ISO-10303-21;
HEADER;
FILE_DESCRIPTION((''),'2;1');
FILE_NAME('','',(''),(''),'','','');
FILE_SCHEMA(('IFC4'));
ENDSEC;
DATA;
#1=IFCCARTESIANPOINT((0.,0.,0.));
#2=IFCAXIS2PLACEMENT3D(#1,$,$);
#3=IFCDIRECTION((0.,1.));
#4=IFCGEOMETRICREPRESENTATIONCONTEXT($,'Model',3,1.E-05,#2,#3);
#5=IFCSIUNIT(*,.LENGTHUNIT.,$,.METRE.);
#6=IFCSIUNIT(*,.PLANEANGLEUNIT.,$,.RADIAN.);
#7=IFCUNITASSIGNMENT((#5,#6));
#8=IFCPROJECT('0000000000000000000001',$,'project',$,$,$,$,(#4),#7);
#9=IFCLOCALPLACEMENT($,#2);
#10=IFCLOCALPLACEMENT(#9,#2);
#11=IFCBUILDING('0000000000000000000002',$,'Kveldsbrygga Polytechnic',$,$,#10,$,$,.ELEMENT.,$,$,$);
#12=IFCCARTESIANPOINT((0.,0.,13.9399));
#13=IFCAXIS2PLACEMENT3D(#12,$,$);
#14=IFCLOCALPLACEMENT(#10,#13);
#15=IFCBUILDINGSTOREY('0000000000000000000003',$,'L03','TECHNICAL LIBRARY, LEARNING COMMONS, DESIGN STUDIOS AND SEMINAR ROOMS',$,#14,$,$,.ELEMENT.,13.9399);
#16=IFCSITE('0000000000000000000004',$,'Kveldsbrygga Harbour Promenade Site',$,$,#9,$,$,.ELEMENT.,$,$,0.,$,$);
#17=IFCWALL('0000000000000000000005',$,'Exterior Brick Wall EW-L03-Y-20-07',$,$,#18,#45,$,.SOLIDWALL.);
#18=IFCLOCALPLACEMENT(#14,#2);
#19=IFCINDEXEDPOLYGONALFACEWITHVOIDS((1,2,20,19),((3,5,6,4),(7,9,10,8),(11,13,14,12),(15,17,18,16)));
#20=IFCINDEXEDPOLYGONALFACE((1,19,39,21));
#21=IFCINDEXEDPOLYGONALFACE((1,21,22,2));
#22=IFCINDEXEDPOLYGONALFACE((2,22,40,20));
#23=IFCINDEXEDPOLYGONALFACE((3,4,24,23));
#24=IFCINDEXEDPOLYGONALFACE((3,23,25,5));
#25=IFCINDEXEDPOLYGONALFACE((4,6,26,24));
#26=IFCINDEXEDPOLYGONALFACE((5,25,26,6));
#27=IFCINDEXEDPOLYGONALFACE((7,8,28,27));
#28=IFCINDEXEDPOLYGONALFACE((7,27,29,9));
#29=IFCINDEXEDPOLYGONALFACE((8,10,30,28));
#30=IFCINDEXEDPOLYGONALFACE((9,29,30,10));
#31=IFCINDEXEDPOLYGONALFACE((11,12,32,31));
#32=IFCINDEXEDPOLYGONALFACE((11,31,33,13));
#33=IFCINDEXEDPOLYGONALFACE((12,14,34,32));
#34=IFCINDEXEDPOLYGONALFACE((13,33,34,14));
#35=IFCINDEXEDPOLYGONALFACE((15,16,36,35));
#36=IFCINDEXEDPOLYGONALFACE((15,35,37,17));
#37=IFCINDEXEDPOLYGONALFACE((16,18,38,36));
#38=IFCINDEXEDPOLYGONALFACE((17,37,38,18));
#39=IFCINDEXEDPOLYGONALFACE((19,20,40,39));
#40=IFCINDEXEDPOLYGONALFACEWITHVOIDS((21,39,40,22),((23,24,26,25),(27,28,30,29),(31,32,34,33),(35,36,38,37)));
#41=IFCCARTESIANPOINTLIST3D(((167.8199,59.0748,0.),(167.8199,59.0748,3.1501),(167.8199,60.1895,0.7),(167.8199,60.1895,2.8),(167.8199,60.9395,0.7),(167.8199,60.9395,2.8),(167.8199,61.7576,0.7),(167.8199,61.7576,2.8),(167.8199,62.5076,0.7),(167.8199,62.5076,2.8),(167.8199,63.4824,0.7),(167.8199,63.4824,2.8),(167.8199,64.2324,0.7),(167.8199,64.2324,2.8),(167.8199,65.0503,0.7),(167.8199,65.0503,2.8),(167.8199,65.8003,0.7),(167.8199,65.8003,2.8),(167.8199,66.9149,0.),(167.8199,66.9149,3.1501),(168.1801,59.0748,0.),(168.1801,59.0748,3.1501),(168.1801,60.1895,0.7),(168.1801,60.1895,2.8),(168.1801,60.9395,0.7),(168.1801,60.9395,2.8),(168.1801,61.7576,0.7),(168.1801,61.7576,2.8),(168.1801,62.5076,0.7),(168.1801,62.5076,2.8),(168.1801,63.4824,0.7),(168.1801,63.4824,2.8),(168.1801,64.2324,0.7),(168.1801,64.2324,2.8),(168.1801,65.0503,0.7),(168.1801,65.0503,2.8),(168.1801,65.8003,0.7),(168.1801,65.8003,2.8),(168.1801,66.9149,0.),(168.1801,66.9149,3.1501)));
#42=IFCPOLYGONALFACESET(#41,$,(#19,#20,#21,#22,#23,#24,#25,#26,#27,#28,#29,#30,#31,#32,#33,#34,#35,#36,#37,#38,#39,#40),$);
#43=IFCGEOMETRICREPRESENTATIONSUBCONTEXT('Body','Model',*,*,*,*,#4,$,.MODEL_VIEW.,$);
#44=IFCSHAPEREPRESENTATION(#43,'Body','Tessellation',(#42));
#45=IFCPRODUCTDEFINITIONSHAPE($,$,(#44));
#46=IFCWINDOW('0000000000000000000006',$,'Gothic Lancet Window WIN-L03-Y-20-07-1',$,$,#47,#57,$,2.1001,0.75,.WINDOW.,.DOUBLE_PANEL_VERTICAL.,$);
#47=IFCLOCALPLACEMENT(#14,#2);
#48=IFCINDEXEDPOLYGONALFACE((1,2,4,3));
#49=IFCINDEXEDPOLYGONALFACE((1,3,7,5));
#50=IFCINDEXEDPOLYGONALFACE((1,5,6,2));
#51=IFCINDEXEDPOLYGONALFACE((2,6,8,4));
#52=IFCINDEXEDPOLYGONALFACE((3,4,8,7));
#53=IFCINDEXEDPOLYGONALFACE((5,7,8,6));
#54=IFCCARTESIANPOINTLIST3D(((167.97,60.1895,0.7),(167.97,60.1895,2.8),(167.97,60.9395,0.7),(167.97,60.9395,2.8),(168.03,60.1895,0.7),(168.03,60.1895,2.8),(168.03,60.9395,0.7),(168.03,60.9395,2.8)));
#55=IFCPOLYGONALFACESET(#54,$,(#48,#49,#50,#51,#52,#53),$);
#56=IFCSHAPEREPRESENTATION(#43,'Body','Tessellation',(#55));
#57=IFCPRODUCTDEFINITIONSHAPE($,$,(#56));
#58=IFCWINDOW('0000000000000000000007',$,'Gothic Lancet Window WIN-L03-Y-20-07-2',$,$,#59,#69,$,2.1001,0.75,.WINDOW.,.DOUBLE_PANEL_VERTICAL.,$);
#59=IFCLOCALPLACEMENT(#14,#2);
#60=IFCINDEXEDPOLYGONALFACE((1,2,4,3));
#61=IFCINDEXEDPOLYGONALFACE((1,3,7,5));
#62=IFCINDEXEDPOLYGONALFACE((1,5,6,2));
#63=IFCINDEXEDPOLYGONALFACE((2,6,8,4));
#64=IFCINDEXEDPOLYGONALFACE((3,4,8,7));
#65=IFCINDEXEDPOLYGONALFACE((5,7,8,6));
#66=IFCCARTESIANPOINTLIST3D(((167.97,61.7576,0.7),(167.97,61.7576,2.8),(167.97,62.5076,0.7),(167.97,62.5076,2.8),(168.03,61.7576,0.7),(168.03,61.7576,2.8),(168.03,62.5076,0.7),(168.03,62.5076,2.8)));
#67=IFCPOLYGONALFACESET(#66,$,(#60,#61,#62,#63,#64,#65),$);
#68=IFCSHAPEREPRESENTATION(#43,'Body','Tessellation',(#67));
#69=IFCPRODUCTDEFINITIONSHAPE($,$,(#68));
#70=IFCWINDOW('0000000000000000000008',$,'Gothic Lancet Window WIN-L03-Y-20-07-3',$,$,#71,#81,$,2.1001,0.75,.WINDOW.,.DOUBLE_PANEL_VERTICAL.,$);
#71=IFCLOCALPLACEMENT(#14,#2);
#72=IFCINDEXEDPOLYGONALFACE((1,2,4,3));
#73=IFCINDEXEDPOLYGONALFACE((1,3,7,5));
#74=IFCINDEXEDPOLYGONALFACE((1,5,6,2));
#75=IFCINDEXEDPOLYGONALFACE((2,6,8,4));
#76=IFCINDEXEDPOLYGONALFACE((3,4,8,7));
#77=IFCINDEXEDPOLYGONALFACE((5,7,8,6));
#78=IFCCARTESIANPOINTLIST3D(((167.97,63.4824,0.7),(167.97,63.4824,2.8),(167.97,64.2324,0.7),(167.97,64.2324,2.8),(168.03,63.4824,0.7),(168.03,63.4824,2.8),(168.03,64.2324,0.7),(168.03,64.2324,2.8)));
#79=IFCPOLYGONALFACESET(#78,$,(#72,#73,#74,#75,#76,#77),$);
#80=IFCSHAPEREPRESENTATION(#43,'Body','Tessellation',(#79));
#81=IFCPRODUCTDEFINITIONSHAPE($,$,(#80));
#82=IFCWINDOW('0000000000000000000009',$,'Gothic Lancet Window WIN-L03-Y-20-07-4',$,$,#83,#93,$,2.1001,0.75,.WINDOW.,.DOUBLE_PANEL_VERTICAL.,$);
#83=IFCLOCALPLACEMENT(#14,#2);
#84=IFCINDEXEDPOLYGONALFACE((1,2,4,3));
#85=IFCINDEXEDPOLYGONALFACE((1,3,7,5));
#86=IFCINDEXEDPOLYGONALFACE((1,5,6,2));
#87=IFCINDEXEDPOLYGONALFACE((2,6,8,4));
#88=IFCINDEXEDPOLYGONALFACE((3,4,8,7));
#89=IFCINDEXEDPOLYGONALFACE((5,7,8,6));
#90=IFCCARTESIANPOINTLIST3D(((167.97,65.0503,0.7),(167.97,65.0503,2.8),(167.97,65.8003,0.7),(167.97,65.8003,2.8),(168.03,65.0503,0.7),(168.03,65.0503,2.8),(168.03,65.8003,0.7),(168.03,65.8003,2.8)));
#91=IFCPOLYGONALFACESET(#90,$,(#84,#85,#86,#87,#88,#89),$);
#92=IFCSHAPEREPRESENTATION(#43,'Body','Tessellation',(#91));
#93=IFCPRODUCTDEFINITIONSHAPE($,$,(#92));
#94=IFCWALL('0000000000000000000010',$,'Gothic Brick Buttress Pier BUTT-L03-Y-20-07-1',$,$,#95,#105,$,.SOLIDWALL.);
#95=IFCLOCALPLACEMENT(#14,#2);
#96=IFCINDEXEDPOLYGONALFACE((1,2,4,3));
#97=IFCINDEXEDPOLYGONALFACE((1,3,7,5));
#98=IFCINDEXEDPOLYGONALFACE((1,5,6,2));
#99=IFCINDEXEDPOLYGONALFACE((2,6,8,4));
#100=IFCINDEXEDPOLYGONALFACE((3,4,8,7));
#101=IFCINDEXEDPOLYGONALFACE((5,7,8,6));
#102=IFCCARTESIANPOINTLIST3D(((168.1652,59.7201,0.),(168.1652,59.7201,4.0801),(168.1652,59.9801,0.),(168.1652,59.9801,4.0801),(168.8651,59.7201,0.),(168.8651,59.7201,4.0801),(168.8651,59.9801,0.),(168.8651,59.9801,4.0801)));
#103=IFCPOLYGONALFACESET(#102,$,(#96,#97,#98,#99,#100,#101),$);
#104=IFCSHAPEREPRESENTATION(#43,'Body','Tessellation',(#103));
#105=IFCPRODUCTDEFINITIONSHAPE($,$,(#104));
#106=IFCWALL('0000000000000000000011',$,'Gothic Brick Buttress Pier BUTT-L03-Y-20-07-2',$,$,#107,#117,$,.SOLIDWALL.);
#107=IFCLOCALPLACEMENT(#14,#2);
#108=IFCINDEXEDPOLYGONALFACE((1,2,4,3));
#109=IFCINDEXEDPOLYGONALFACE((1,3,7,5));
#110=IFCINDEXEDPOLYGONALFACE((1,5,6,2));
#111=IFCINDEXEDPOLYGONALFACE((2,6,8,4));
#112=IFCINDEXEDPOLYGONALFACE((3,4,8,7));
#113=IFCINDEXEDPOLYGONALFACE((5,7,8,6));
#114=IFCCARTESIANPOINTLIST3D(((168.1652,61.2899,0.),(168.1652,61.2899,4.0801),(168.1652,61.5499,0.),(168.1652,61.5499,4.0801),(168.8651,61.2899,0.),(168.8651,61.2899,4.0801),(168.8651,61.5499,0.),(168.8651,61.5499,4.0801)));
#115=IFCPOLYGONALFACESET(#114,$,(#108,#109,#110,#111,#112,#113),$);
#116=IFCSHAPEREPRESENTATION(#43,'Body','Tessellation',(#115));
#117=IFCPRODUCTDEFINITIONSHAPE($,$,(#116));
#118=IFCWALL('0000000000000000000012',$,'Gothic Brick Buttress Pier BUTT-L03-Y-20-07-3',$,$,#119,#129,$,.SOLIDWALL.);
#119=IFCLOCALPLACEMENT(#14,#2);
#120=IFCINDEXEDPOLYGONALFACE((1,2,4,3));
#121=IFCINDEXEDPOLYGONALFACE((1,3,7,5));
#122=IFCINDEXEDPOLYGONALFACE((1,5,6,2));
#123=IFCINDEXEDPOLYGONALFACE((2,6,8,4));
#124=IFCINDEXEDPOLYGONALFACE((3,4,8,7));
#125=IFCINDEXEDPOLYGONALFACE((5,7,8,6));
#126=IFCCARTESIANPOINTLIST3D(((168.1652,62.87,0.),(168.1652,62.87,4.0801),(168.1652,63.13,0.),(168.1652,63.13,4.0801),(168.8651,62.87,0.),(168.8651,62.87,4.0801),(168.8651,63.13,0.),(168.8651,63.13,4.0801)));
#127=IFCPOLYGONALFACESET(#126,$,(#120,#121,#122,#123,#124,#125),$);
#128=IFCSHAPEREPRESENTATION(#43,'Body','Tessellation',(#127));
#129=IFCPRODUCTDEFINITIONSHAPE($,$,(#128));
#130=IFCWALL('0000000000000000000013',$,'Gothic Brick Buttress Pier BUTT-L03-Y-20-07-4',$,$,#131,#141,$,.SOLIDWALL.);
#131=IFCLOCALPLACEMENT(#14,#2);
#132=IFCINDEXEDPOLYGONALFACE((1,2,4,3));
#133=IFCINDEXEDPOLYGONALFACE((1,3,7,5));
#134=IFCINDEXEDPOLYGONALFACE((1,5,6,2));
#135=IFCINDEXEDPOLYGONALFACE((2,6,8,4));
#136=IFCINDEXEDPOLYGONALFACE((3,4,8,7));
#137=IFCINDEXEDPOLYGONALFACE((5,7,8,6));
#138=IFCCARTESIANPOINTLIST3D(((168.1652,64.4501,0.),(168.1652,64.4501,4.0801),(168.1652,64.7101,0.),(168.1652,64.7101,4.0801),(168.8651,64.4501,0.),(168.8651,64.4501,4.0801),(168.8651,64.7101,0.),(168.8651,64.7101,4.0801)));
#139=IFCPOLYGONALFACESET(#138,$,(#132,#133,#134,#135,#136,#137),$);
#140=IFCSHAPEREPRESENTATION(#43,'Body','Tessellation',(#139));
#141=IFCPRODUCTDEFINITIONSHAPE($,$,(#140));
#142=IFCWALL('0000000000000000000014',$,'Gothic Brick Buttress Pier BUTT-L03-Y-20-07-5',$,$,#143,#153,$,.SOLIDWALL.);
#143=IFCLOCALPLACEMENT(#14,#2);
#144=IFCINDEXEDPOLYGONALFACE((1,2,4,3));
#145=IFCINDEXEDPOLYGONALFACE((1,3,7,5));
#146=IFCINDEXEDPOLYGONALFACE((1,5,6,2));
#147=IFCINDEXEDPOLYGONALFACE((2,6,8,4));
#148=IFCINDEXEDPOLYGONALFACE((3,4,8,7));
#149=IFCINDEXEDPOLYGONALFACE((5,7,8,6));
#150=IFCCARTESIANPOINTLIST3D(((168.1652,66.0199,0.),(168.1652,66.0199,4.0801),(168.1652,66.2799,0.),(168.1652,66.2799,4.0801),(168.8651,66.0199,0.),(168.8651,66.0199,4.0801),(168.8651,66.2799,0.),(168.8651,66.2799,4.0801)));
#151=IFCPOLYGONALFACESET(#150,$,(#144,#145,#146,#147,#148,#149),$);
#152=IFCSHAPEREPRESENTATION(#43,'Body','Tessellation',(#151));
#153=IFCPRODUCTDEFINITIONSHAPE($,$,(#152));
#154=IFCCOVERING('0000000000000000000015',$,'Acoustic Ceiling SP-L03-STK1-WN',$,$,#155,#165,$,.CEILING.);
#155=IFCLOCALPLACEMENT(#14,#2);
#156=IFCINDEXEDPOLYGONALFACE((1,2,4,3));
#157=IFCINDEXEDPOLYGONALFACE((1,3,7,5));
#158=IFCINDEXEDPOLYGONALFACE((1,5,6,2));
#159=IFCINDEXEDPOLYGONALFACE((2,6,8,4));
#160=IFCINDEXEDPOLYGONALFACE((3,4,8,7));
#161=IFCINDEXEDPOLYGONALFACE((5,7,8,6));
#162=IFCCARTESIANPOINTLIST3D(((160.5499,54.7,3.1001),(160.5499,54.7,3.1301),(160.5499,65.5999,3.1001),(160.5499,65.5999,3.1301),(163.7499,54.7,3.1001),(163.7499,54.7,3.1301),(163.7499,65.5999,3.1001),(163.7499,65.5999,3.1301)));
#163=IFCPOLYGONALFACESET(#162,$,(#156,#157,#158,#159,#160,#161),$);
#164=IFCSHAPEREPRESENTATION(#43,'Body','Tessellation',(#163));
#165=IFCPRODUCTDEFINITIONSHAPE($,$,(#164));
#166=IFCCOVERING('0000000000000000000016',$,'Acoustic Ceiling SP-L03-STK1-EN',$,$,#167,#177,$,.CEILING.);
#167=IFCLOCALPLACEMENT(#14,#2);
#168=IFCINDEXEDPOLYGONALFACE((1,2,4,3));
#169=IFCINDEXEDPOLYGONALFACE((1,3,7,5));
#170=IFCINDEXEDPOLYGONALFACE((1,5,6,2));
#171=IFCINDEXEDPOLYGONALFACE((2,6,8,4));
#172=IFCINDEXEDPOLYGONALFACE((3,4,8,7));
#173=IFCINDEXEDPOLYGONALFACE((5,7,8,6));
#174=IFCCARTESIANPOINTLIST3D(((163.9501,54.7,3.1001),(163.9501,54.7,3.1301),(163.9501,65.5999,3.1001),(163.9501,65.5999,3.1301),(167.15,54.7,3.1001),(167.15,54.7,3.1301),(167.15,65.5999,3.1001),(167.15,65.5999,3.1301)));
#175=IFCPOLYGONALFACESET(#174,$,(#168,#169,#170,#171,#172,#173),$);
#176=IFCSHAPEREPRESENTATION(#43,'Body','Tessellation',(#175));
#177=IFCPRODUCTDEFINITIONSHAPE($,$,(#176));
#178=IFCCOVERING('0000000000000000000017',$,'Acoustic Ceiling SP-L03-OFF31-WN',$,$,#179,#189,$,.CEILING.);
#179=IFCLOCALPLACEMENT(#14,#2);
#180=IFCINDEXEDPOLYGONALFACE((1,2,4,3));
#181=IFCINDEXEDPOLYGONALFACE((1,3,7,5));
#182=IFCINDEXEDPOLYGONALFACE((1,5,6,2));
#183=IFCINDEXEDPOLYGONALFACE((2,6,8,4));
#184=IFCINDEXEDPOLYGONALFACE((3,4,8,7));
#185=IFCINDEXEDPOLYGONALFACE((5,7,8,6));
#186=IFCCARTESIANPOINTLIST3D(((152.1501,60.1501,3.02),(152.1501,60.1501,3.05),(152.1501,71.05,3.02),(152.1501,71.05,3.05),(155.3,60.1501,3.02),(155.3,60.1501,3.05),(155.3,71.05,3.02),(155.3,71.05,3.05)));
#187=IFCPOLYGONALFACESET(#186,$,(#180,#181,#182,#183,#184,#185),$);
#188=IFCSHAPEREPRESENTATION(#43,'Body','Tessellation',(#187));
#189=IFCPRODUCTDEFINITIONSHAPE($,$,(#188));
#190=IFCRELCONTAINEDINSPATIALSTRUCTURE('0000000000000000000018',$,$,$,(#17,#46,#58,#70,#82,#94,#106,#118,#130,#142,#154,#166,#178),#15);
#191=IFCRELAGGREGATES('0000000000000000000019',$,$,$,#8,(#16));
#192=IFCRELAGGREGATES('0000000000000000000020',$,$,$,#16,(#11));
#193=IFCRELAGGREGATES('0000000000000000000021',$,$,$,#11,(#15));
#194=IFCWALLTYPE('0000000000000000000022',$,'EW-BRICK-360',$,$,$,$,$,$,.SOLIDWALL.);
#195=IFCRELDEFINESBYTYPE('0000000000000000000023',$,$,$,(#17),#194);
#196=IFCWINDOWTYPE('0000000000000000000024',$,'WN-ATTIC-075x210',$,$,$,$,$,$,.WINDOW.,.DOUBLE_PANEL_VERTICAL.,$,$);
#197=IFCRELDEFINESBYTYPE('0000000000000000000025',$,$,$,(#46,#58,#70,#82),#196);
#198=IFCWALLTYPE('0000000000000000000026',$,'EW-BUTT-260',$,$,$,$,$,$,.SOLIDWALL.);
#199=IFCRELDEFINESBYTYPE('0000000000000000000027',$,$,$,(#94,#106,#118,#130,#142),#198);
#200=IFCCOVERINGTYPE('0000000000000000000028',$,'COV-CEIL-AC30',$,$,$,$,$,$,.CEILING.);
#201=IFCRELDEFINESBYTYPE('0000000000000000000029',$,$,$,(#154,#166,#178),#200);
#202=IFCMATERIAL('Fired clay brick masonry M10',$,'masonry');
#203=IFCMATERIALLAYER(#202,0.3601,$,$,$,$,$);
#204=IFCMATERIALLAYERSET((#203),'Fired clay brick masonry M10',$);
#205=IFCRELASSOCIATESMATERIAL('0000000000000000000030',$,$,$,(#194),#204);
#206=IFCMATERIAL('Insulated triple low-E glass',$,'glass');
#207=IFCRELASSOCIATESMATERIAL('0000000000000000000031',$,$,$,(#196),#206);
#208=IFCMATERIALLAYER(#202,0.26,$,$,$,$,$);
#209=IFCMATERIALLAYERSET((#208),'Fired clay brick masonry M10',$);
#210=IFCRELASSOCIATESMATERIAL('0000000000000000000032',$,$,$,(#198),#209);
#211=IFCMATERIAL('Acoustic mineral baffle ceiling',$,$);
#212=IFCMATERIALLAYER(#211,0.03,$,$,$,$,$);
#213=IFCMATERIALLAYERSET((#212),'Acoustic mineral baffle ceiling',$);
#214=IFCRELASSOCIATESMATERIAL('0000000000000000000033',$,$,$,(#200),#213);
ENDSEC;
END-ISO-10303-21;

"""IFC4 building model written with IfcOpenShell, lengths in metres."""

from ifc_helpers import new_model, si_unit, direction, frame, frame_2d, origin, origin_2d, place, context, subcontext, project, spatial, rectangle, extrude, material, layer, layer_set, type_object, element, fill, save


model = new_model("IFC4")

# Units and contexts
model_context = context("Model", 3, precision=1e-05, world=origin(), true_north=direction((0.0, 1.0)))
body_context = subcontext(model_context, "Body", "Model", "MODEL_VIEW")
ifc_project = project(units=[si_unit("LENGTHUNIT", "METRE"), si_unit("PLANEANGLEUNIT", "RADIAN")], contexts=[model_context])

# Site, building, storey
site_placement = place(None, origin())
site = spatial("IfcSite", under=ifc_project, at=site_placement, Name="Kveldsbrygga Harbour Promenade Site", CompositionType="ELEMENT", RefElevation=0.0)
building_placement = place(site_placement, origin())
building = spatial("IfcBuilding", under=site, at=building_placement, Name="Kveldsbrygga Polytechnic", CompositionType="ELEMENT")
storey_placement = place(building_placement, frame((0.0, 0.0, 13.9399)))
storey = spatial("IfcBuildingStorey", under=building, at=storey_placement, Name="L03", Description="TECHNICAL LIBRARY, LEARNING COMMONS, DESIGN STUDIOS AND SEMINAR ROOMS", CompositionType="ELEMENT", Elevation=13.9399)

# Wall, openings, windows
ifc_material_1 = material(Name="Fired clay brick masonry M10", Category="masonry")
ifc_layer_1 = layer(ifc_material_1, 0.3601)
ifc_layer_set_1 = layer_set([ifc_layer_1], Name="Fired clay brick masonry M10")
wall_type_1 = type_object("IfcWallType", Name="EW-BRICK-360", PredefinedType="SOLIDWALL", material=ifc_layer_set_1)
wall_placement = place(storey_placement, frame((168.0, 59.075, 0.0), z_axis=(0.0, 0.0, 1.0), x_axis=(0.0, 1.0, 0.0)))
wall = element("IfcWall", 1, at=wall_placement, inside=storey, type_object=wall_type_1, Name="Exterior Brick Wall EW-L03-Y-20-07", PredefinedType="SOLIDWALL", context=body_context, shape_type="SweptSolid", body=[
    extrude(rectangle(XDim=7.8401, YDim=0.3601, at=frame_2d((3.9199, 0.0))), origin(), (0.0, 0.0, 1.0), 3.1501),
])
opening_1_placement = place(wall_placement, frame((1.1145, 0.0, 0.7)))
opening_1 = element("IfcOpeningElement", 2, at=opening_1_placement, cuts=wall, PredefinedType="OPENING", context=body_context, shape_type="SweptSolid", body=[
    extrude(rectangle(XDim=0.75, YDim=2.1001, at=frame_2d((0.375, 1.05))), frame((0.0, 0.1899, 0.0), z_axis=(0.0, -1.0, 0.0), x_axis=(1.0, 0.0, 0.0)), (0.0, 0.0, 1.0), 0.3801),
])
opening_2_placement = place(wall_placement, frame((2.6826, 0.0, 0.7)))
opening_2 = element("IfcOpeningElement", 3, at=opening_2_placement, cuts=wall, PredefinedType="OPENING", context=body_context, shape_type="SweptSolid", body=[
    extrude(rectangle(XDim=0.75, YDim=2.1001, at=frame_2d((0.375, 1.05))), frame((0.0, 0.1899, 0.0), z_axis=(0.0, -1.0, 0.0), x_axis=(1.0, 0.0, 0.0)), (0.0, 0.0, 1.0), 0.3801),
])
opening_3_placement = place(wall_placement, frame((4.4075, 0.0, 0.7)))
opening_3 = element("IfcOpeningElement", 4, at=opening_3_placement, cuts=wall, PredefinedType="OPENING", context=body_context, shape_type="SweptSolid", body=[
    extrude(rectangle(XDim=0.75, YDim=2.1001, at=frame_2d((0.375, 1.05))), frame((0.0, 0.1899, 0.0), z_axis=(0.0, -1.0, 0.0), x_axis=(1.0, 0.0, 0.0)), (0.0, 0.0, 1.0), 0.3801),
])
opening_4_placement = place(wall_placement, frame((5.9753, 0.0, 0.7)))
opening_4 = element("IfcOpeningElement", 5, at=opening_4_placement, cuts=wall, PredefinedType="OPENING", context=body_context, shape_type="SweptSolid", body=[
    extrude(rectangle(XDim=0.75, YDim=2.1001, at=frame_2d((0.375, 1.05))), frame((0.0, 0.1899, 0.0), z_axis=(0.0, -1.0, 0.0), x_axis=(1.0, 0.0, 0.0)), (0.0, 0.0, 1.0), 0.3801),
])
ifc_material_2 = material(Name="Insulated triple low-E glass", Category="glass")
window_type = type_object("IfcWindowType", Name="WN-ATTIC-075x210", PartitioningType="DOUBLE_PANEL_VERTICAL", PredefinedType="WINDOW", material=ifc_material_2)
window_1_placement = place(opening_1_placement, origin())
window_1 = element("IfcWindow", 6, at=window_1_placement, inside=storey, type_object=window_type, Name="Gothic Lancet Window WIN-L03-Y-20-07-1", OverallHeight=2.1001, OverallWidth=0.75, PartitioningType="DOUBLE_PANEL_VERTICAL", PredefinedType="WINDOW", context=body_context, shape_type="SweptSolid", body=[
    extrude(rectangle(XDim=0.75, YDim=2.1001, at=frame_2d((0.375, 1.05))), frame((0.0, 0.03, 0.0), z_axis=(0.0, -1.0, 0.0), x_axis=(1.0, 0.0, 0.0)), (0.0, 0.0, 1.0), 0.0601),
])
fill(opening_1, window_1)
window_2_placement = place(opening_2_placement, origin())
window_2 = element("IfcWindow", 7, at=window_2_placement, inside=storey, type_object=window_type, Name="Gothic Lancet Window WIN-L03-Y-20-07-2", OverallHeight=2.1001, OverallWidth=0.75, PartitioningType="DOUBLE_PANEL_VERTICAL", PredefinedType="WINDOW", context=body_context, shape_type="SweptSolid", body=[
    extrude(rectangle(XDim=0.75, YDim=2.1001, at=frame_2d((0.375, 1.05))), frame((0.0, 0.03, 0.0), z_axis=(0.0, -1.0, 0.0), x_axis=(1.0, 0.0, 0.0)), (0.0, 0.0, 1.0), 0.0601),
])
fill(opening_2, window_2)
window_3_placement = place(opening_3_placement, origin())
window_3 = element("IfcWindow", 8, at=window_3_placement, inside=storey, type_object=window_type, Name="Gothic Lancet Window WIN-L03-Y-20-07-3", OverallHeight=2.1001, OverallWidth=0.75, PartitioningType="DOUBLE_PANEL_VERTICAL", PredefinedType="WINDOW", context=body_context, shape_type="SweptSolid", body=[
    extrude(rectangle(XDim=0.75, YDim=2.1001, at=frame_2d((0.375, 1.05))), frame((0.0, 0.03, 0.0), z_axis=(0.0, -1.0, 0.0), x_axis=(1.0, 0.0, 0.0)), (0.0, 0.0, 1.0), 0.0601),
])
fill(opening_3, window_3)
window_4_placement = place(opening_4_placement, origin())
window_4 = element("IfcWindow", 9, at=window_4_placement, inside=storey, type_object=window_type, Name="Gothic Lancet Window WIN-L03-Y-20-07-4", OverallHeight=2.1001, OverallWidth=0.75, PartitioningType="DOUBLE_PANEL_VERTICAL", PredefinedType="WINDOW", context=body_context, shape_type="SweptSolid", body=[
    extrude(rectangle(XDim=0.75, YDim=2.1001, at=frame_2d((0.375, 1.05))), frame((0.0, 0.03, 0.0), z_axis=(0.0, -1.0, 0.0), x_axis=(1.0, 0.0, 0.0)), (0.0, 0.0, 1.0), 0.0601),
])
fill(opening_4, window_4)

# Walls
ifc_layer_2 = layer(ifc_material_1, 0.26)
ifc_layer_set_2 = layer_set([ifc_layer_2], Name="Fired clay brick masonry M10")
wall_type_2 = type_object("IfcWallType", Name="EW-BUTT-260", PredefinedType="SOLIDWALL", material=ifc_layer_set_2)
for number, where, z_axis, x_axis, name in (
    (10, (168.165, 59.8501, 0.0), (0.0, 0.0, 1.0), (1.0, 0.0, 0.0), "Gothic Brick Buttress Pier BUTT-L03-Y-20-07-1"),
    (11, (168.165, 61.4199, 0.0), (0.0, 0.0, 1.0), (1.0, 0.0, 0.0), "Gothic Brick Buttress Pier BUTT-L03-Y-20-07-2"),
    (12, (168.165, 63.0, 0.0), (0.0, 0.0, 1.0), (1.0, 0.0, 0.0), "Gothic Brick Buttress Pier BUTT-L03-Y-20-07-3"),
    (13, (168.165, 64.5801, 0.0), (0.0, 0.0, 1.0), (1.0, 0.0, 0.0), "Gothic Brick Buttress Pier BUTT-L03-Y-20-07-4"),
    (14, (168.165, 66.1499, 0.0), (0.0, 0.0, 1.0), (1.0, 0.0, 0.0), "Gothic Brick Buttress Pier BUTT-L03-Y-20-07-5"),
):
    element("IfcWall", number, at=place(storey_placement, frame(where, z_axis=z_axis, x_axis=x_axis)), inside=storey, type_object=wall_type_2, Name=name, PredefinedType="SOLIDWALL", context=body_context, shape_type="SweptSolid", body=[
        extrude(rectangle(XDim=0.7, YDim=0.26, at=frame_2d((0.3501, 0.0))), origin(), (0.0, 0.0, 1.0), 4.0801),
    ])

# Coverings
ifc_material_3 = material(Name="Acoustic mineral baffle ceiling")
ifc_layer_3 = layer(ifc_material_3, 0.03)
ifc_layer_set_3 = layer_set([ifc_layer_3], Name="Acoustic mineral baffle ceiling")
covering_type_1 = type_object("IfcCoveringType", Name="COV-CEIL-AC30", PredefinedType="CEILING", material=ifc_layer_set_3)
for number, where, z_axis, x_axis, name in (
    (15, (162.1499, 60.1499, 3.1001), (0.0, 0.0, 1.0), (1.0, 0.0, 0.0), "Acoustic Ceiling SP-L03-STK1-WN"),
    (16, (165.55, 60.1499, 3.1001), (0.0, 0.0, 1.0), (1.0, 0.0, 0.0), "Acoustic Ceiling SP-L03-STK1-EN"),
):
    element("IfcCovering", number, at=place(storey_placement, frame(where, z_axis=z_axis, x_axis=x_axis)), inside=storey, type_object=covering_type_1, Name=name, PredefinedType="CEILING", context=body_context, shape_type="SweptSolid", body=[
        extrude(rectangle(XDim=3.2, YDim=10.8999, at=origin_2d()), origin(), (0.0, 0.0, 1.0), 0.03),
    ])
for number, where, z_axis, x_axis, name in (
    (17, (153.7251, 65.6001, 3.02), (0.0, 0.0, 1.0), (1.0, 0.0, 0.0), "Acoustic Ceiling SP-L03-OFF31-WN"),
):
    element("IfcCovering", number, at=place(storey_placement, frame(where, z_axis=z_axis, x_axis=x_axis)), inside=storey, type_object=covering_type_1, Name=name, PredefinedType="CEILING", context=body_context, shape_type="SweptSolid", body=[
        extrude(rectangle(XDim=3.1499, YDim=10.8999, at=origin_2d()), origin(), (0.0, 0.0, 1.0), 0.03),
    ])

save(model, "model.ifc")
